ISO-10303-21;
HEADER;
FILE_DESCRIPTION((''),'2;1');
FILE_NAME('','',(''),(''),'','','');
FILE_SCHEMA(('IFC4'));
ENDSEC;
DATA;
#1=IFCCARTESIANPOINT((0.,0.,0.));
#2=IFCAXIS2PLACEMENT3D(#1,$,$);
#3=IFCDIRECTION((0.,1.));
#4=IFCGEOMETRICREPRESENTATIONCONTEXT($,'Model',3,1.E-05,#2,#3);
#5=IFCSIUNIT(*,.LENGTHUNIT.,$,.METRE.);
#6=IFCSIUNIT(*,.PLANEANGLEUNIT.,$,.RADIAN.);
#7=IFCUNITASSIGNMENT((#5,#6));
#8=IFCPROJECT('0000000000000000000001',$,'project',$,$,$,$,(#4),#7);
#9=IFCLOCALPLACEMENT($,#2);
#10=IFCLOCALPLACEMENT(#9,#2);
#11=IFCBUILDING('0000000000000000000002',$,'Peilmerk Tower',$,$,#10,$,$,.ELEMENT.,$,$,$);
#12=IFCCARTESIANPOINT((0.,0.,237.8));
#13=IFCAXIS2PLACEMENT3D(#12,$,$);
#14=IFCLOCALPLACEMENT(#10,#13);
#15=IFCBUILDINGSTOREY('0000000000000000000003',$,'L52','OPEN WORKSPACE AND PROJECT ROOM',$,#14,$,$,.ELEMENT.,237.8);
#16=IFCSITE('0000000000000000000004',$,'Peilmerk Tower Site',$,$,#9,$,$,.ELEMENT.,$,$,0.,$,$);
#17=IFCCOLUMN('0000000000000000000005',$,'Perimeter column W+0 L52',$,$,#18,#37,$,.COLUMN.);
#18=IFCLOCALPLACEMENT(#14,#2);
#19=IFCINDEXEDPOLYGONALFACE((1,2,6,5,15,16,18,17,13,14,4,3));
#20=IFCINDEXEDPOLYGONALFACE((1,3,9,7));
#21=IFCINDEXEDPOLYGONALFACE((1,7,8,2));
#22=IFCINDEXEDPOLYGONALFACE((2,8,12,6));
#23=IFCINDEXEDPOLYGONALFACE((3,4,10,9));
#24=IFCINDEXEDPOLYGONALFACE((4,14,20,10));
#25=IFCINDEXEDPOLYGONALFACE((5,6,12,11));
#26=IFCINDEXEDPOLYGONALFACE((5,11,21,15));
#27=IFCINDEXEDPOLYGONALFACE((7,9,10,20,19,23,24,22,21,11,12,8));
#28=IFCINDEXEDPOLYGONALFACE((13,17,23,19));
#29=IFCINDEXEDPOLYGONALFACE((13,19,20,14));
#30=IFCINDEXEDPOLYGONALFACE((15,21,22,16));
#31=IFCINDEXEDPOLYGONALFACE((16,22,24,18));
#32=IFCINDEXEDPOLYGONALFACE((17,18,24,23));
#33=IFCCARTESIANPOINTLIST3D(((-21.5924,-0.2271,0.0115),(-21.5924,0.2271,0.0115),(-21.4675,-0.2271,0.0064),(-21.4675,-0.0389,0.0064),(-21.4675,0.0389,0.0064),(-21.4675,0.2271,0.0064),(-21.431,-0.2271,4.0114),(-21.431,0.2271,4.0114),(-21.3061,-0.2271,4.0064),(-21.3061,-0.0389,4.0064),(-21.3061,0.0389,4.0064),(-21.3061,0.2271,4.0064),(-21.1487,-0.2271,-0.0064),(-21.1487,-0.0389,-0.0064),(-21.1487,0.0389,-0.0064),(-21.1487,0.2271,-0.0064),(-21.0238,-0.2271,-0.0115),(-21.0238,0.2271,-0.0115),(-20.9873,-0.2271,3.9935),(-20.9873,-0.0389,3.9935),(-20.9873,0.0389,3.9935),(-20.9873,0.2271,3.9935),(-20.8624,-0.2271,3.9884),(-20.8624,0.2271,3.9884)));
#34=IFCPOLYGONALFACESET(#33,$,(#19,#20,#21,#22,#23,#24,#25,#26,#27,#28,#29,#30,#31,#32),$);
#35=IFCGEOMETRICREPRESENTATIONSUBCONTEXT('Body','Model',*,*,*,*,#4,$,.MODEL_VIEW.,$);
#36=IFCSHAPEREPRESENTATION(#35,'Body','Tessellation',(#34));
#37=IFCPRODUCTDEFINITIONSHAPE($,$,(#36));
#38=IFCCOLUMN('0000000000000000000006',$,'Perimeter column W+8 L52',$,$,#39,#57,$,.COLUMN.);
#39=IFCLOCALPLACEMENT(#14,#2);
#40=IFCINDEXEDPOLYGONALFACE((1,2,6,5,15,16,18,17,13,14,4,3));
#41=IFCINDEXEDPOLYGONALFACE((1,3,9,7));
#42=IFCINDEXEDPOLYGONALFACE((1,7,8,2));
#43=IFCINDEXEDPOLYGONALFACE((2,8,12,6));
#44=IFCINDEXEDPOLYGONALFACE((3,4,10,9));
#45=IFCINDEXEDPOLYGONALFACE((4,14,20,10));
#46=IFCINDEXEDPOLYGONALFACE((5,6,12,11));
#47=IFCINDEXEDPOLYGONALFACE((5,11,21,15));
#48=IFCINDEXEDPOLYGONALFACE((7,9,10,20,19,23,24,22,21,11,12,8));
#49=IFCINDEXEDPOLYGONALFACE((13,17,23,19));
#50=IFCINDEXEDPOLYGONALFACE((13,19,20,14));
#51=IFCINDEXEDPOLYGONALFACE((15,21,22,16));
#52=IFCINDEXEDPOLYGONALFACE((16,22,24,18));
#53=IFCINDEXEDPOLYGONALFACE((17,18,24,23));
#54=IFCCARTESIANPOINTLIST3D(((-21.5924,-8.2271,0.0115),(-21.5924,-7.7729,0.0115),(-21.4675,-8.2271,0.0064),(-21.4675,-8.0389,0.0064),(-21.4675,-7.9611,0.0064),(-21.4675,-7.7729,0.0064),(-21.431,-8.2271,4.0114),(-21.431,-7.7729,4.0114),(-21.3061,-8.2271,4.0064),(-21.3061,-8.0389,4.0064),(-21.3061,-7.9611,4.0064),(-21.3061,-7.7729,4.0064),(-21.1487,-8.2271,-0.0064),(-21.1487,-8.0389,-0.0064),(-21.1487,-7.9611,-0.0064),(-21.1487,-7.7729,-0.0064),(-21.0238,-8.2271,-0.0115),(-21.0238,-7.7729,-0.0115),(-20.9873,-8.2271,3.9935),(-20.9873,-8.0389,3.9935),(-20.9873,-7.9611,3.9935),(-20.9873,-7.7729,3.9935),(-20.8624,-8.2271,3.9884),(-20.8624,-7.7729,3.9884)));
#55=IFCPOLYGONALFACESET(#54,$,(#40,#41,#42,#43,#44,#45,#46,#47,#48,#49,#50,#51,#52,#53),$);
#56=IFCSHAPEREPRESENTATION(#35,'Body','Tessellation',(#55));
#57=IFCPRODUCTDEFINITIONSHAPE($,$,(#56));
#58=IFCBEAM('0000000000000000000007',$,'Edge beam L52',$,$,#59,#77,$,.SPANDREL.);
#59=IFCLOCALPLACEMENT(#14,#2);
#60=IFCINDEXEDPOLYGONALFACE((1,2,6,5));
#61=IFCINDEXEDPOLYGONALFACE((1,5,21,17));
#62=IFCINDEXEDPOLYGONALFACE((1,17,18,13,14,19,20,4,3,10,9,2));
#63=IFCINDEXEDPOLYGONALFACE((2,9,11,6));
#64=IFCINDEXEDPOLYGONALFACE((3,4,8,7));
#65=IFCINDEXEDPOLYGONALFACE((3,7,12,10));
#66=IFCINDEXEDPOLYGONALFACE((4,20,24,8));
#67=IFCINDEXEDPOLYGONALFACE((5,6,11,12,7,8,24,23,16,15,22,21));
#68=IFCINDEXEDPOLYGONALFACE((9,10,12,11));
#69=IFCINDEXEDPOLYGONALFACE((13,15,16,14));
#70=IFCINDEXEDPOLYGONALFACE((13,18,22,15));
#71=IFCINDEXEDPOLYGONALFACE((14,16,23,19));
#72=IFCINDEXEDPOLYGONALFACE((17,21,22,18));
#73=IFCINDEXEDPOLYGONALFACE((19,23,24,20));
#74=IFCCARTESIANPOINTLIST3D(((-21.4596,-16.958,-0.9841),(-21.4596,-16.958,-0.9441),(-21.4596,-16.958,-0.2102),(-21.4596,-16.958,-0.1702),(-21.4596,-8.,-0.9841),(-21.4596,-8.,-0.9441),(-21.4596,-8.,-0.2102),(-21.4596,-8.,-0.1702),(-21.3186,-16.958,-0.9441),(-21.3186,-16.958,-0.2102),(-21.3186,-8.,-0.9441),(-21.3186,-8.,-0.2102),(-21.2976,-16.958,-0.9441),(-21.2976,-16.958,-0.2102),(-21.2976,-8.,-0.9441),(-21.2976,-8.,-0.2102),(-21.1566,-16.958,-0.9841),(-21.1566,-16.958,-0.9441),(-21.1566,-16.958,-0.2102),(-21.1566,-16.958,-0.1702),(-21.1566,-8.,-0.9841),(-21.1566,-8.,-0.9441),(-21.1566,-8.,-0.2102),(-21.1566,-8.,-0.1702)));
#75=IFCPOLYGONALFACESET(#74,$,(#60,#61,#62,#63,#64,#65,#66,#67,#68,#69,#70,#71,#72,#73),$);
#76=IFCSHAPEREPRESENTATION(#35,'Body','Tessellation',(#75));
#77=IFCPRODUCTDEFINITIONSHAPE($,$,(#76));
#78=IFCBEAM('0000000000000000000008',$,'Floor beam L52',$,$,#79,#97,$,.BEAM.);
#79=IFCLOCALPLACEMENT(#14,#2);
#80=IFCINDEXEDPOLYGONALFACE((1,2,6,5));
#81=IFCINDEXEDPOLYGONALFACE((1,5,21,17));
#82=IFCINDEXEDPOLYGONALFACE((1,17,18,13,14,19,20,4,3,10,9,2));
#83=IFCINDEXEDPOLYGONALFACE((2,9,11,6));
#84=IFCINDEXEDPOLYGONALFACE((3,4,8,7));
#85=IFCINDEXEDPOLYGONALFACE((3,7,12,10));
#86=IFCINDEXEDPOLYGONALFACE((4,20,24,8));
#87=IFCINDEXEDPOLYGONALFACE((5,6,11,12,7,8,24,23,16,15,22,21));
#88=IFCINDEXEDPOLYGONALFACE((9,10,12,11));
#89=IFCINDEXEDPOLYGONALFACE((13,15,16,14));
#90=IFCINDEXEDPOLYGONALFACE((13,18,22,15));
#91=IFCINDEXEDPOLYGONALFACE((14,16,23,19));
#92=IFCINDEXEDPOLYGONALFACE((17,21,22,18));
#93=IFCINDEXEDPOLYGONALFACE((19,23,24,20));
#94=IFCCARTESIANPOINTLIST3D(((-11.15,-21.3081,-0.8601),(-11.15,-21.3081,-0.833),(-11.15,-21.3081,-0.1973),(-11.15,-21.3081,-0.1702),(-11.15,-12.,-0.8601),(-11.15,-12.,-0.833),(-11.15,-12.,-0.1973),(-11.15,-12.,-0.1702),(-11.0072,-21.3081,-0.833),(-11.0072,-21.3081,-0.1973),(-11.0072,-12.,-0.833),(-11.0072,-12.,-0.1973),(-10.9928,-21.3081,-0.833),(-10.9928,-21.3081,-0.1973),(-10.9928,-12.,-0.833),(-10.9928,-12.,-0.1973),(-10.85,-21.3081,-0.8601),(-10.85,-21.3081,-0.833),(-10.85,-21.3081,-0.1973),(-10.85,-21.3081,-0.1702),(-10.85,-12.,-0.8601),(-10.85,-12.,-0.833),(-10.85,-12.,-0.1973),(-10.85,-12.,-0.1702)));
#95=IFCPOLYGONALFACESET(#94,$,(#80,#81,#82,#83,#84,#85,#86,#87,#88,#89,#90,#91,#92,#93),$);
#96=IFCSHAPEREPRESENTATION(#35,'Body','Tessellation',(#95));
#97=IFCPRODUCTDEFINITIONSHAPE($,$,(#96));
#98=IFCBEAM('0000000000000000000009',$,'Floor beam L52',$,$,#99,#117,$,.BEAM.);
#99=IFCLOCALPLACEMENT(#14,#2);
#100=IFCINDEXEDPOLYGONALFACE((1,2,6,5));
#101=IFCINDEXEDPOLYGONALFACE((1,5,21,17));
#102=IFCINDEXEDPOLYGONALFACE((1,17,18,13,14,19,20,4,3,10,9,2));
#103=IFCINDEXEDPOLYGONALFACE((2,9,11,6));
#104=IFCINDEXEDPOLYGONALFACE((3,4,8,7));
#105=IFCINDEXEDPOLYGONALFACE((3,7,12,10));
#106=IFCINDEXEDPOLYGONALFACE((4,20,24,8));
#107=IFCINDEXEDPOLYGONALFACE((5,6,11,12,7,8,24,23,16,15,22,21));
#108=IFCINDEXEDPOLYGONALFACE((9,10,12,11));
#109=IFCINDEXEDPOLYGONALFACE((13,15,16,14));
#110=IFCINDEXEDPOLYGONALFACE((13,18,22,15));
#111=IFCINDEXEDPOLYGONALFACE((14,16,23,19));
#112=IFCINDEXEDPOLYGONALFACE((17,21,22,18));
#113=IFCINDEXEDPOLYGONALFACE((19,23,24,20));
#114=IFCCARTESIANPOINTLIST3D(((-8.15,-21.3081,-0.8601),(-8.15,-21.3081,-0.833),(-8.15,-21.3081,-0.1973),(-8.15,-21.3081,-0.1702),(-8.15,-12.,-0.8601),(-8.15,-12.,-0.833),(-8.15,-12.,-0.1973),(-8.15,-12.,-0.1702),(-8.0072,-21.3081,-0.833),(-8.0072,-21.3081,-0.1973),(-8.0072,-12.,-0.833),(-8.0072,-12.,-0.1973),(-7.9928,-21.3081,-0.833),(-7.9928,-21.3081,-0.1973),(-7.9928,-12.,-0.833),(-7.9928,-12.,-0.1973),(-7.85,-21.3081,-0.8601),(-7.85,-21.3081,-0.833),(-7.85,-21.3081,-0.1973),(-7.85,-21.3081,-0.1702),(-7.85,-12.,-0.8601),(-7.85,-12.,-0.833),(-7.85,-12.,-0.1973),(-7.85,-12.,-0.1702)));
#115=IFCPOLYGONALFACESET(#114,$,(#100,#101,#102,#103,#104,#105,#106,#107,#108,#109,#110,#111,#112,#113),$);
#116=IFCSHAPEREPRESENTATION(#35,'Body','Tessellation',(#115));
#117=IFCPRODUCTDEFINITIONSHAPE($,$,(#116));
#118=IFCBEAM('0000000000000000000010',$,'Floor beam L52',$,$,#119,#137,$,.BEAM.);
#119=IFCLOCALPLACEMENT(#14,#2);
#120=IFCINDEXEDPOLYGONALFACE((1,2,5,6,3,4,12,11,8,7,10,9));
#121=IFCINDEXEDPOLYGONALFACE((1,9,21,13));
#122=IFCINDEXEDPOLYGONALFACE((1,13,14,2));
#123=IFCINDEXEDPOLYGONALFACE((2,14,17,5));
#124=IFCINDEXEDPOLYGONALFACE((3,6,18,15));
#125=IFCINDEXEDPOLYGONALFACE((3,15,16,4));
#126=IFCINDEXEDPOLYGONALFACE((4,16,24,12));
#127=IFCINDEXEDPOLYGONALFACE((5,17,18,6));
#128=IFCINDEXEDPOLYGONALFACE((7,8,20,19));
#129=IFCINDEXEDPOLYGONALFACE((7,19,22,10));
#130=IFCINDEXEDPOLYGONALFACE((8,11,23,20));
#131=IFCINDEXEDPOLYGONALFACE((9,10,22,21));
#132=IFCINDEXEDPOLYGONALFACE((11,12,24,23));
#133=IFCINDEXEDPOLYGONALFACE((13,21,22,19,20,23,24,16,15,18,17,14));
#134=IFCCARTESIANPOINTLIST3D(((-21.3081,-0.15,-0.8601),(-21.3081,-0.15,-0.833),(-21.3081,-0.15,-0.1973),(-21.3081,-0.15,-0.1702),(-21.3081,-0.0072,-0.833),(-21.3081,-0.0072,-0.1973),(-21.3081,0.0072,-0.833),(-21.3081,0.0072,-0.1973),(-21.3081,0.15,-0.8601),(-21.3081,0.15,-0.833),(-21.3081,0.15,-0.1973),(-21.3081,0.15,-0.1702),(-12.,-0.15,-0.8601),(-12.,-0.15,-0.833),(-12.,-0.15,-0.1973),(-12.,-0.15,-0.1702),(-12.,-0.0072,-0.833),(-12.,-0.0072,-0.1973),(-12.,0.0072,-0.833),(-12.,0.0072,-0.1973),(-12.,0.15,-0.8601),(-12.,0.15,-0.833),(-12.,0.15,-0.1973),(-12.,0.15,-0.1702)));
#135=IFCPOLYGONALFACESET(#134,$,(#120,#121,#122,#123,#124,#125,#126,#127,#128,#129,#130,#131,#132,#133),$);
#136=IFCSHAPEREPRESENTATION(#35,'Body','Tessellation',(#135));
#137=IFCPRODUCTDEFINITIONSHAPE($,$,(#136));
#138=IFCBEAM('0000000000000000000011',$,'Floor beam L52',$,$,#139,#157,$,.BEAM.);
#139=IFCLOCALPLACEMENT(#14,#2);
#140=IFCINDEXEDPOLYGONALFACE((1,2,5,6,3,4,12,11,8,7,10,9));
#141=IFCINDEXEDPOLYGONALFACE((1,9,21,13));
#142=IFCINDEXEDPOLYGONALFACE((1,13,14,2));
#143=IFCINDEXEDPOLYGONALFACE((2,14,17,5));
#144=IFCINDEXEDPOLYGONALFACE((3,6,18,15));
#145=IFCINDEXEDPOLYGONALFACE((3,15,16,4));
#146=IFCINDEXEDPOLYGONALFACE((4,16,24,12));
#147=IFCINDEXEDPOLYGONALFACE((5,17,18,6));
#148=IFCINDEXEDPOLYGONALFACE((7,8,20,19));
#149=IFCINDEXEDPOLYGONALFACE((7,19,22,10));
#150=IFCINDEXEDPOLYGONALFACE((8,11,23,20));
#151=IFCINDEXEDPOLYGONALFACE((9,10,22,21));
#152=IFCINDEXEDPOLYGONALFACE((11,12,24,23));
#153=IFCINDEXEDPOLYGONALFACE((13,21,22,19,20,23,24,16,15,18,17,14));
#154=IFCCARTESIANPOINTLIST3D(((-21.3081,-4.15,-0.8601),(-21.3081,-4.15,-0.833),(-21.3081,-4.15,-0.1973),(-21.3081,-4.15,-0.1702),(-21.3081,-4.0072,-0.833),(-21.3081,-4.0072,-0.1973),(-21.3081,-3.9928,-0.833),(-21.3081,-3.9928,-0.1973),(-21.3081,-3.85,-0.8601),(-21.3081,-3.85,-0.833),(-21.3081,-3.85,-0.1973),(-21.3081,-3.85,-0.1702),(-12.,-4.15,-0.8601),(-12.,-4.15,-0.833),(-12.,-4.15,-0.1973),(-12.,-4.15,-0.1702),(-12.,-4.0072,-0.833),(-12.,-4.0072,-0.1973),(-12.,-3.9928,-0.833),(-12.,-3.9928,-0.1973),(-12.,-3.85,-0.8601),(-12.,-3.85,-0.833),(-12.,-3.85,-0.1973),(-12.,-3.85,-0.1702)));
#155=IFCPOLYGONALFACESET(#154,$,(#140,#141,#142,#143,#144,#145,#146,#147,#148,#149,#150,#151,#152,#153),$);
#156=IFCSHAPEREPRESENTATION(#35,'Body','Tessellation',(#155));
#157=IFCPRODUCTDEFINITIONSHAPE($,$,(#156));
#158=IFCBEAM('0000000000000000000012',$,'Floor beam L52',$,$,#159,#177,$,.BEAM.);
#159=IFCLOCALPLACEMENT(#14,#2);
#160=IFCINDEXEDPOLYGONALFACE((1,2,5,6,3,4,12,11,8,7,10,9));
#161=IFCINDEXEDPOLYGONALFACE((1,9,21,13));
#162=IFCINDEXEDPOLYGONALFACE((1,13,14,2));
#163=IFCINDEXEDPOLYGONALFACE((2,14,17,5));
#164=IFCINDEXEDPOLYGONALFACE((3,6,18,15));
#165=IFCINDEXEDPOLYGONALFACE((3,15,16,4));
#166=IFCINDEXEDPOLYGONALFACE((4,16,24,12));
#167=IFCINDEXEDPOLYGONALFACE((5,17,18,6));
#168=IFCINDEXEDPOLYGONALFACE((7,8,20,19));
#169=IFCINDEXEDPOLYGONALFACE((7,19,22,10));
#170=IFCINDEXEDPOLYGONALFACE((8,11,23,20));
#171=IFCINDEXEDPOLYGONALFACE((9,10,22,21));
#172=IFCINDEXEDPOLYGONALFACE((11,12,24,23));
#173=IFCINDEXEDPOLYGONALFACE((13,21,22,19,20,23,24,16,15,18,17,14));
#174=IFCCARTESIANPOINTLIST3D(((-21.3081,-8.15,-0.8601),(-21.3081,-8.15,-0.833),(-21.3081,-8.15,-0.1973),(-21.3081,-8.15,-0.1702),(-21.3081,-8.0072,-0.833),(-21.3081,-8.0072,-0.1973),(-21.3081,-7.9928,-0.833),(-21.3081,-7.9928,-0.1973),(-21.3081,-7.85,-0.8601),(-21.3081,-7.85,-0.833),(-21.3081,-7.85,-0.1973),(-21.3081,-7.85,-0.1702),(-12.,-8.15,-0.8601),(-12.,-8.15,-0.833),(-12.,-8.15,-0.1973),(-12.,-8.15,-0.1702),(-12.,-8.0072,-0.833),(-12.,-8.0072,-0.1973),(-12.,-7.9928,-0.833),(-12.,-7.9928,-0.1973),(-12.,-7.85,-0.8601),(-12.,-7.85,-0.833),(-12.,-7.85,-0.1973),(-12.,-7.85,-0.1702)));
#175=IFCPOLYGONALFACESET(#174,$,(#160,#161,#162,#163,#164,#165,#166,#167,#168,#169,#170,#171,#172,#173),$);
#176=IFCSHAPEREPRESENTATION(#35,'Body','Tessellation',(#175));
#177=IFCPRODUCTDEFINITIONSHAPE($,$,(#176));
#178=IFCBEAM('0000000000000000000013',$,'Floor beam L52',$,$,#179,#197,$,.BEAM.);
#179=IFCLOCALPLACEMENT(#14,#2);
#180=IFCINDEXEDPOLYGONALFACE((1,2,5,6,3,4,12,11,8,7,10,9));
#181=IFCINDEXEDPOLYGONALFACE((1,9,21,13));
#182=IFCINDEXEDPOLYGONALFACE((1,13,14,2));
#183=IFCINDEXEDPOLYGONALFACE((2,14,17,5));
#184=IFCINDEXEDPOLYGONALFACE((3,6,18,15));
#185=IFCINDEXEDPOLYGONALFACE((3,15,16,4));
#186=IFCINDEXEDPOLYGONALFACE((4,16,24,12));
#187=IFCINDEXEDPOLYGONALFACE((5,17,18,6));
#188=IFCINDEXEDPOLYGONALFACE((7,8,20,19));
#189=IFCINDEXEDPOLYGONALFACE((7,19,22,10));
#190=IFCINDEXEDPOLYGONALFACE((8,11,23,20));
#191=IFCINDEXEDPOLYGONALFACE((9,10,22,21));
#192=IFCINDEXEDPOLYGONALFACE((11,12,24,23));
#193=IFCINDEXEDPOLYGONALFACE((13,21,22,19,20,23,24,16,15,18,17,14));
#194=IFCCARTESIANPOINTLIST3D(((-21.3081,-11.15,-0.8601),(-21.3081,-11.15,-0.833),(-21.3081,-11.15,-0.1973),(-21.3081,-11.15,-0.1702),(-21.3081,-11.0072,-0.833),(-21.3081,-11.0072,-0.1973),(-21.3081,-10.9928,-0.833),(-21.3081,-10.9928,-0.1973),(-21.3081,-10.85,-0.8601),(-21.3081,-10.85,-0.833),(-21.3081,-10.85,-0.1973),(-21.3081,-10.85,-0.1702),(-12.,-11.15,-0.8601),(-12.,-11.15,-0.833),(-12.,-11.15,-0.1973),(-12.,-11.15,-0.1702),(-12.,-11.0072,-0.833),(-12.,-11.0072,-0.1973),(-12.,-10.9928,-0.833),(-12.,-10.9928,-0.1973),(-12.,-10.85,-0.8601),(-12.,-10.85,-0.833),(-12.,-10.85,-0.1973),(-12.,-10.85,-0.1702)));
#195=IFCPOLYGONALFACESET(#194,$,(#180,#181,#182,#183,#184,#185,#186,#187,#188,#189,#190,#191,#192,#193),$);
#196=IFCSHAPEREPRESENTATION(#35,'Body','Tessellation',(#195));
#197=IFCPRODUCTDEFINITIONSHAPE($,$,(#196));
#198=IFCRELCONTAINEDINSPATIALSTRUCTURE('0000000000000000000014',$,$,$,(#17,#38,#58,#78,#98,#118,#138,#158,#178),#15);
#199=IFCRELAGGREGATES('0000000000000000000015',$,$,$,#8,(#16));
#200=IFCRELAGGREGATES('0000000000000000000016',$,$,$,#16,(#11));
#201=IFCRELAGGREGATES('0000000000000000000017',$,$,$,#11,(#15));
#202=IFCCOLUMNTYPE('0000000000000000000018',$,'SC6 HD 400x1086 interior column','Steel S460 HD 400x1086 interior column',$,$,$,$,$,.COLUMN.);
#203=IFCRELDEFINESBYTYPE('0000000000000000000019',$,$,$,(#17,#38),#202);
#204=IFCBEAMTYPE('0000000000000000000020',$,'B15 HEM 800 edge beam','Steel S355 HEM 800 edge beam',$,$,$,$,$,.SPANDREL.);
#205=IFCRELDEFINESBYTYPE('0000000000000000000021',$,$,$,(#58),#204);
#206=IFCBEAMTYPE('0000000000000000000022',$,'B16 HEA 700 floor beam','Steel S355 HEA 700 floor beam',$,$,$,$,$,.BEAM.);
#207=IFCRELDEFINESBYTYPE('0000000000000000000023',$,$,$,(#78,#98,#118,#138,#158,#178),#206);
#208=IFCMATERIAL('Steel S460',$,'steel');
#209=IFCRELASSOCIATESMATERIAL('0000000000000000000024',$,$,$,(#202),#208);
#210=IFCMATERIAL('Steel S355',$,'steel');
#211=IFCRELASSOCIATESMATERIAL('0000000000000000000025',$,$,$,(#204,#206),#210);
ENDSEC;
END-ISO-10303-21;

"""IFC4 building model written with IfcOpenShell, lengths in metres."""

from ifc_helpers import new_model, si_unit, direction, frame, origin, origin_2d, place, context, subcontext, project, spatial, i_section, extrude, material, material_profile, profile_set, type_object, element, save


model = new_model("IFC4")

# Units and contexts
model_context = context("Model", 3, precision=1e-05, world=origin(), true_north=direction((0.0, 1.0)))
body_context = subcontext(model_context, "Body", "Model", "MODEL_VIEW")
ifc_project = project(units=[si_unit("LENGTHUNIT", "METRE"), si_unit("PLANEANGLEUNIT", "RADIAN")], contexts=[model_context])

# Site, building, storey
site_placement = place(None, origin())
site = spatial("IfcSite", under=ifc_project, at=site_placement, Name="Peilmerk Tower Site", CompositionType="ELEMENT", RefElevation=0.0)
building_placement = place(site_placement, origin())
building = spatial("IfcBuilding", under=site, at=building_placement, Name="Peilmerk Tower", CompositionType="ELEMENT")
storey_placement = place(building_placement, frame((0.0, 0.0, 237.8)))
storey = spatial("IfcBuildingStorey", under=building, at=storey_placement, Name="L52", Description="OPEN WORKSPACE AND PROJECT ROOM", CompositionType="ELEMENT", Elevation=237.8)

# Columns
ifc_material_1 = material(Name="Steel S460", Category="steel")
ifc_material_profile_1 = material_profile(ifc_material_1, i_section(OverallWidth=0.4541, OverallDepth=0.5691, WebThickness=0.0779, FlangeThickness=0.125, at=origin_2d()), Name="HD 400x1086")
ifc_profile_set_1 = profile_set([ifc_material_profile_1], Name="Steel S460")
column_type = type_object("IfcColumnType", Name="SC6 HD 400x1086 interior column", Description="Steel S460 HD 400x1086 interior column", PredefinedType="COLUMN", material=ifc_profile_set_1)
for number, where, z_axis, x_axis, name in (
    (1, (-21.3081, 0.0, 0.0), (0.040311, 0.0, 0.999187), (0.0, 1.0, 0.0), "Perimeter column W+0 L52"),
    (2, (-21.3081, -8.0, 0.0), (0.040311, 0.0, 0.999187), (0.0, 1.0, 0.0), "Perimeter column W+8 L52"),
):
    element("IfcColumn", number, at=place(storey_placement, frame(where, z_axis=z_axis, x_axis=x_axis)), inside=storey, type_object=column_type, Name=name, PredefinedType="COLUMN", context=body_context, shape_type="SweptSolid", body=[
        extrude(i_section(OverallWidth=0.4541, OverallDepth=0.5691, WebThickness=0.0779, FlangeThickness=0.125, at=origin_2d()), origin(), (0.0, 0.0, 1.0), 4.0032),
    ])

# Beams
ifc_material_2 = material(Name="Steel S355", Category="steel")
ifc_material_profile_2 = material_profile(ifc_material_2, i_section(OverallWidth=0.303, OverallDepth=0.814, WebThickness=0.021, FlangeThickness=0.04, at=origin_2d()), Name="HEM 800")
ifc_profile_set_2 = profile_set([ifc_material_profile_2], Name="Steel S355")
beam_type_1 = type_object("IfcBeamType", Name="B15 HEM 800 edge beam", Description="Steel S355 HEM 800 edge beam", PredefinedType="SPANDREL", material=ifc_profile_set_2)
beam_1_placement = place(storey_placement, frame((-21.3081, -8.0, -0.5771), z_axis=(0.0, -1.0, 0.0), x_axis=(1.0, 0.0, 0.0)))
element("IfcBeam", 3, at=beam_1_placement, inside=storey, type_object=beam_type_1, Name="Edge beam L52", PredefinedType="SPANDREL", context=body_context, shape_type="SweptSolid", body=[
    extrude(i_section(OverallWidth=0.303, OverallDepth=0.814, WebThickness=0.021, FlangeThickness=0.04, at=origin_2d()), origin(), (0.0, 0.0, 1.0), 8.958),
])
ifc_material_profile_3 = material_profile(ifc_material_2, i_section(OverallWidth=0.3, OverallDepth=0.6899, WebThickness=0.0144, FlangeThickness=0.0271, at=origin_2d()), Name="HEA 700")
ifc_profile_set_3 = profile_set([ifc_material_profile_3], Name="Steel S355")
beam_type_2 = type_object("IfcBeamType", Name="B16 HEA 700 floor beam", Description="Steel S355 HEA 700 floor beam", PredefinedType="BEAM", material=ifc_profile_set_3)
for number, where, z_axis, x_axis, name in (
    (4, (-11.0, -12.0, -0.5151), (0.0, -1.0, 0.0), (1.0, 0.0, 0.0), "Floor beam L52"),
    (5, (-8.0, -12.0, -0.5151), (0.0, -1.0, 0.0), (1.0, 0.0, 0.0), "Floor beam L52"),
    (6, (-12.0, 0.0, -0.5151), (-1.0, 0.0, 0.0), (0.0, -1.0, 0.0), "Floor beam L52"),
    (7, (-12.0, -4.0, -0.5151), (-1.0, 0.0, 0.0), (0.0, -1.0, 0.0), "Floor beam L52"),
    (8, (-12.0, -8.0, -0.5151), (-1.0, 0.0, 0.0), (0.0, -1.0, 0.0), "Floor beam L52"),
    (9, (-12.0, -11.0, -0.5151), (-1.0, 0.0, 0.0), (0.0, -1.0, 0.0), "Floor beam L52"),
):
    element("IfcBeam", number, at=place(storey_placement, frame(where, z_axis=z_axis, x_axis=x_axis)), inside=storey, type_object=beam_type_2, Name=name, PredefinedType="BEAM", context=body_context, shape_type="SweptSolid", body=[
        extrude(i_section(OverallWidth=0.3, OverallDepth=0.6899, WebThickness=0.0144, FlangeThickness=0.0271, at=origin_2d()), origin(), (0.0, 0.0, 1.0), 9.3081),
    ])

save(model, "model.ifc")
